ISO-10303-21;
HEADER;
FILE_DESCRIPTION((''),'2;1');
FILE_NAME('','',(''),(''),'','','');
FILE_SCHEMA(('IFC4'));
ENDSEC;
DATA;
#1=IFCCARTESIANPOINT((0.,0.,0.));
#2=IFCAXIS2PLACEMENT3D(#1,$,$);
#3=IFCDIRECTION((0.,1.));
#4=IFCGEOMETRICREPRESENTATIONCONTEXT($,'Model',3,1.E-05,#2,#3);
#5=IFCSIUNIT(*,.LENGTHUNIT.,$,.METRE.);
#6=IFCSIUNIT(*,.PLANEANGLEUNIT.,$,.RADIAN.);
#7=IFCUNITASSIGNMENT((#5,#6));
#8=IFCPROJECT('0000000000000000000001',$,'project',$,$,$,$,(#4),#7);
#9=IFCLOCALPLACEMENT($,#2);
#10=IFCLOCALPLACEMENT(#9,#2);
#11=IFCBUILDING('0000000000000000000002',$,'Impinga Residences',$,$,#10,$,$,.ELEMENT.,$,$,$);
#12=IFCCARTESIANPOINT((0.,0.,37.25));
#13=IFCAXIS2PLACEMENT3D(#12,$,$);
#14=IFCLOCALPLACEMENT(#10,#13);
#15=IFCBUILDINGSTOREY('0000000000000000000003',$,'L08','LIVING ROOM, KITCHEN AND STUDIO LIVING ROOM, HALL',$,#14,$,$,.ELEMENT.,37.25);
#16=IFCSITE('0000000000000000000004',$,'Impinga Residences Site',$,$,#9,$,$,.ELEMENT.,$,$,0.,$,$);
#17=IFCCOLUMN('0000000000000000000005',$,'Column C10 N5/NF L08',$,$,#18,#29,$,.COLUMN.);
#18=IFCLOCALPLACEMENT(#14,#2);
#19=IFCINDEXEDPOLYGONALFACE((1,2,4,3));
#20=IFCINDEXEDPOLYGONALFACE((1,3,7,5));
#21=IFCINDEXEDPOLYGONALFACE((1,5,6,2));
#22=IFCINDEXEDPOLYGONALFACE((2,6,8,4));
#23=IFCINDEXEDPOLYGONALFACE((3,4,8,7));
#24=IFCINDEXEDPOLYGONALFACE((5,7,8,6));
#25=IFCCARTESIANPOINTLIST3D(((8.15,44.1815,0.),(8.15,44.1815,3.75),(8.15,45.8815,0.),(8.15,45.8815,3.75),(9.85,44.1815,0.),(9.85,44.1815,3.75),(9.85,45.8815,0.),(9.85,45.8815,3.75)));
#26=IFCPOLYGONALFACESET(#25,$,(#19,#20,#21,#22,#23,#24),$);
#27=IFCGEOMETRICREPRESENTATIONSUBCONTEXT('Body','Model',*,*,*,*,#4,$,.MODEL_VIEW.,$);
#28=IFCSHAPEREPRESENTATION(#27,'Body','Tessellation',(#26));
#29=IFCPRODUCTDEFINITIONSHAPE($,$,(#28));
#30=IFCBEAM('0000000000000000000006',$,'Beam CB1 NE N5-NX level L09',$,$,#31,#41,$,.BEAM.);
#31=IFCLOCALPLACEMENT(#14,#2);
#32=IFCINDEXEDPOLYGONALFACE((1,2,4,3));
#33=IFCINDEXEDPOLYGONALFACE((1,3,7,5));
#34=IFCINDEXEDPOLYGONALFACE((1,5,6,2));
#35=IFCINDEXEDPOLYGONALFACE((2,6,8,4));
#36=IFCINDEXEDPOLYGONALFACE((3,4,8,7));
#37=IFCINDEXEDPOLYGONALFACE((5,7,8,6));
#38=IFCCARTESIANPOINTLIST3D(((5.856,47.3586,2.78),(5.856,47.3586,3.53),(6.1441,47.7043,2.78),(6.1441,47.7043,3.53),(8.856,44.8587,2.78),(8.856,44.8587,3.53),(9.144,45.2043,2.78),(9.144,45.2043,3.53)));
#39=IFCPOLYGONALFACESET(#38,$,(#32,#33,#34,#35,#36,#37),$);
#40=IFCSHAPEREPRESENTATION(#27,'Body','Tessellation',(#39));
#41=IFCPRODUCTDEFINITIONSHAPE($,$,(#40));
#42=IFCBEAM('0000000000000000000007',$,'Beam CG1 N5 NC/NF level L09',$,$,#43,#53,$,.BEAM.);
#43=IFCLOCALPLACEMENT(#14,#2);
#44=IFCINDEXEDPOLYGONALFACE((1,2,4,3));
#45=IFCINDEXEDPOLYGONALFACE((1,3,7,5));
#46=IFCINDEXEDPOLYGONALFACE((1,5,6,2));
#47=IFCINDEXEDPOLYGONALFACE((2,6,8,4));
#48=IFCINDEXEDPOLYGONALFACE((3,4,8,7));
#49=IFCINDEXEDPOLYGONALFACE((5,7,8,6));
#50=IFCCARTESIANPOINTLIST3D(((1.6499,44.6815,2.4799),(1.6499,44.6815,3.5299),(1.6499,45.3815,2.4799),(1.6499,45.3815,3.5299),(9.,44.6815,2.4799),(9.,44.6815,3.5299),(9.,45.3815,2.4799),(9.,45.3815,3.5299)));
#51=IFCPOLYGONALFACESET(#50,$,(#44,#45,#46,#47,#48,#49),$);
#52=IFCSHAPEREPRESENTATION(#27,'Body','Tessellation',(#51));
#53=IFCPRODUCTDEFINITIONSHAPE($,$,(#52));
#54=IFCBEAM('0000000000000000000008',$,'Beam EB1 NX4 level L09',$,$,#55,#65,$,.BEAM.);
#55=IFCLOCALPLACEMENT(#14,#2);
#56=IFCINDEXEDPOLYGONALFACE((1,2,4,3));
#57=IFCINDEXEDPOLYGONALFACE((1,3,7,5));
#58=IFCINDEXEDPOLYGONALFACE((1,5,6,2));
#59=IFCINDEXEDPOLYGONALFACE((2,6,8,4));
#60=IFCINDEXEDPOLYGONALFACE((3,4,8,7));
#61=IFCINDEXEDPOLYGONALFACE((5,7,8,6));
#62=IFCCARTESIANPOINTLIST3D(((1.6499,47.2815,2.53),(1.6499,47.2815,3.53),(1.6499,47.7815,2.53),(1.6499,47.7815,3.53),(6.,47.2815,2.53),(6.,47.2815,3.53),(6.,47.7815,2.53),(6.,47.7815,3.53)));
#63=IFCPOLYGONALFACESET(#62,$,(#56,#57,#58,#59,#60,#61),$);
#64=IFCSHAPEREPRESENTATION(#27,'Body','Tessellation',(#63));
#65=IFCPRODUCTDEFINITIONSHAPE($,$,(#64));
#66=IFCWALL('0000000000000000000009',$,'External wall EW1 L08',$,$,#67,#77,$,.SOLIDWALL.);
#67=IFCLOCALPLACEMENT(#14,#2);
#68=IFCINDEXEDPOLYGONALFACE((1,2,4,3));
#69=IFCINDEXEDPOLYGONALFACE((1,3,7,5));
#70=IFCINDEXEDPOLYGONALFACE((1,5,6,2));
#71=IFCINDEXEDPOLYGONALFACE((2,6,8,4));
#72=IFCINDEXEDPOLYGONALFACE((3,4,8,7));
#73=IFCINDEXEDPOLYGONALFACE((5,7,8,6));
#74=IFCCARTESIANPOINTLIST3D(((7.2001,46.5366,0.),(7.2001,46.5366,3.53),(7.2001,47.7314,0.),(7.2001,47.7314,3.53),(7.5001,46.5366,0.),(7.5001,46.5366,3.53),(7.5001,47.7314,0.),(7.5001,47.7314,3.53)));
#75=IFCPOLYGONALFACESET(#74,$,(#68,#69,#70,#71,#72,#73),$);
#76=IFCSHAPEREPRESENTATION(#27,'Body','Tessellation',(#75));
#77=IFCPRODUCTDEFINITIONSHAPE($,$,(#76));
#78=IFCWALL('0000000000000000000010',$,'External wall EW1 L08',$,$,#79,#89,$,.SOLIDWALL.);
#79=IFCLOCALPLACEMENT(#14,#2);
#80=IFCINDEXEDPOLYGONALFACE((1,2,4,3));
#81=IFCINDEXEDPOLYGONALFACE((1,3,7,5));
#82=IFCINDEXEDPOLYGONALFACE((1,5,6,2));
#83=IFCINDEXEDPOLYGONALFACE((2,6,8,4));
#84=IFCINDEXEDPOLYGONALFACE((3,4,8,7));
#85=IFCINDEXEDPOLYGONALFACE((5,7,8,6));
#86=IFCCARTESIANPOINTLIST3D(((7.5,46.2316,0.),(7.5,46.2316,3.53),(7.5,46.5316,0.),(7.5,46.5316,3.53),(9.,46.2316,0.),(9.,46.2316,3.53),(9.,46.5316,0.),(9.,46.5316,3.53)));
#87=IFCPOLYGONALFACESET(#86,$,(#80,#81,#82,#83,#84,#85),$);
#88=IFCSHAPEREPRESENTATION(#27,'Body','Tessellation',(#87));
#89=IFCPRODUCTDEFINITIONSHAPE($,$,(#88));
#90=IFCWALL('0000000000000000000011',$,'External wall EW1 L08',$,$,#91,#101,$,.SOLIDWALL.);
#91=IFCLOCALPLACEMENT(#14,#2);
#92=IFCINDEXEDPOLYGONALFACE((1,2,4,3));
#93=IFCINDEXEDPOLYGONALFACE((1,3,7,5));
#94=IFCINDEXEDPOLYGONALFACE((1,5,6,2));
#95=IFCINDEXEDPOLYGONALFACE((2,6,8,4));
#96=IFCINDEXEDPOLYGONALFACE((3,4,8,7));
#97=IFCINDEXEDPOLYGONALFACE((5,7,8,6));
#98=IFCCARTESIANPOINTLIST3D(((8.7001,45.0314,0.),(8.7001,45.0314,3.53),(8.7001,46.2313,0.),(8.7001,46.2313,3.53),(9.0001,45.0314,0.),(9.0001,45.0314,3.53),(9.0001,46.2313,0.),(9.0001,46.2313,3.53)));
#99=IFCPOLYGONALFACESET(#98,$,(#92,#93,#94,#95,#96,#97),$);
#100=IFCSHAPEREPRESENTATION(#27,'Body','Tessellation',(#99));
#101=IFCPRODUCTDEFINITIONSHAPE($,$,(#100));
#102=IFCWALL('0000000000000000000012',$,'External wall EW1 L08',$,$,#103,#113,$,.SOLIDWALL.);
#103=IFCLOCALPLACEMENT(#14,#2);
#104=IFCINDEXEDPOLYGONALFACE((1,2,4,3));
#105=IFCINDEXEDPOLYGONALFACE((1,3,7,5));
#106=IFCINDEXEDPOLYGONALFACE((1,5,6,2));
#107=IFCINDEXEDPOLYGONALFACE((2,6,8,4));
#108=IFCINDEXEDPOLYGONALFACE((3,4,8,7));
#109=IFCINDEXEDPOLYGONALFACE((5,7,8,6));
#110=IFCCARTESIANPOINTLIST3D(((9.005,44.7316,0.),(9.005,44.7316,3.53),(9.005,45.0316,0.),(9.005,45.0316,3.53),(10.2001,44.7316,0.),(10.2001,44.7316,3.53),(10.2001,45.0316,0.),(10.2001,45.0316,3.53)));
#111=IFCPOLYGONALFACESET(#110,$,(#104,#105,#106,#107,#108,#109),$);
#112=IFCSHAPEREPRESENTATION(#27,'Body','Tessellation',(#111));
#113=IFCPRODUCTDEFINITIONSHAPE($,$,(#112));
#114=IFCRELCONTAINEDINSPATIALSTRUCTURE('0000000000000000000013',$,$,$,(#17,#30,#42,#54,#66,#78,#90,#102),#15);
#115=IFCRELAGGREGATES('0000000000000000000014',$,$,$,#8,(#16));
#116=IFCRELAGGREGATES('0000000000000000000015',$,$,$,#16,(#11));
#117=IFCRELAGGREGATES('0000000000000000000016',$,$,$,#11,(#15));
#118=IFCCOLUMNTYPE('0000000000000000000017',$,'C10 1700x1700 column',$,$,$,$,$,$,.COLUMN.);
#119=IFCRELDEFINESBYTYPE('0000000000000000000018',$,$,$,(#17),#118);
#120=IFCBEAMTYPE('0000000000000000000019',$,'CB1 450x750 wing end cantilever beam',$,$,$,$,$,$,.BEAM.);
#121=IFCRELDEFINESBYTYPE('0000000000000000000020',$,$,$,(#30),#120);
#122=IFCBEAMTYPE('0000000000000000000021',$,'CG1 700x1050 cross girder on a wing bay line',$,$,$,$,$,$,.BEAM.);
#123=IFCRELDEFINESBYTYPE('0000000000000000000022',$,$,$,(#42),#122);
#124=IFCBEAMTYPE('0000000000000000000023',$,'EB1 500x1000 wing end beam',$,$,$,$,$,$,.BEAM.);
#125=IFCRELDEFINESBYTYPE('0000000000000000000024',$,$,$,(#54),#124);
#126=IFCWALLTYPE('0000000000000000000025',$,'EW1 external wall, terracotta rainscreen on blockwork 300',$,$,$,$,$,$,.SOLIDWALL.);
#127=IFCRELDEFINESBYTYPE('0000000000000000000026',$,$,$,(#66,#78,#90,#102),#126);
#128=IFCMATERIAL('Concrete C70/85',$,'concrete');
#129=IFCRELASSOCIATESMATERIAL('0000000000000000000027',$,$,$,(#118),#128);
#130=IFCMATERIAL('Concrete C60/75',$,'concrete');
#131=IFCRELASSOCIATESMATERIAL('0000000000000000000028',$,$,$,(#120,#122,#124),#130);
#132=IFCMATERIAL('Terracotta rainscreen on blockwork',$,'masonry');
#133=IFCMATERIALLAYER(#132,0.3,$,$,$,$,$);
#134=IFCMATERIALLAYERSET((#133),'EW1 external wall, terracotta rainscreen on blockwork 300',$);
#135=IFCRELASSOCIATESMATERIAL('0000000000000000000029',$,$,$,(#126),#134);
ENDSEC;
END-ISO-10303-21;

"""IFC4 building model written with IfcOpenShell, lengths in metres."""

from ifc_helpers import new_model, si_unit, direction, frame, frame_2d, origin, origin_2d, place, context, subcontext, project, spatial, rectangle, extrude, material, layer, layer_set, material_profile, profile_set, type_object, element, save


model = new_model("IFC4")

# Units and contexts
model_context = context("Model", 3, precision=1e-05, world=origin(), true_north=direction((0.0, 1.0)))
body_context = subcontext(model_context, "Body", "Model", "MODEL_VIEW")
ifc_project = project(units=[si_unit("LENGTHUNIT", "METRE"), si_unit("PLANEANGLEUNIT", "RADIAN")], contexts=[model_context])

# Site, building, storey
site_placement = place(None, origin())
site = spatial("IfcSite", under=ifc_project, at=site_placement, Name="Impinga Residences Site", CompositionType="ELEMENT", RefElevation=0.0)
building_placement = place(site_placement, origin())
building = spatial("IfcBuilding", under=site, at=building_placement, Name="Impinga Residences", CompositionType="ELEMENT")
storey_placement = place(building_placement, frame((0.0, 0.0, 37.25)))
storey = spatial("IfcBuildingStorey", under=building, at=storey_placement, Name="L08", Description="LIVING ROOM, KITCHEN AND STUDIO LIVING ROOM, HALL", CompositionType="ELEMENT", Elevation=37.25)

# Column
ifc_material_1 = material(Name="Concrete C70/85", Category="concrete")
ifc_material_profile_1 = material_profile(ifc_material_1, rectangle(XDim=1.7, YDim=1.7, at=origin_2d()), Name="RC 1700x1700")
ifc_profile_set_1 = profile_set([ifc_material_profile_1], Name="Concrete C70/85")
column_type = type_object("IfcColumnType", Name="C10 1700x1700 column", PredefinedType="COLUMN", material=ifc_profile_set_1)
column_placement = place(storey_placement, frame((9.0, 45.0315, 0.0), z_axis=(0.0, 0.0, 1.0), x_axis=(1.0, 0.0, 0.0)))
element("IfcColumn", 1, at=column_placement, inside=storey, type_object=column_type, Name="Column C10 N5/NF L08", PredefinedType="COLUMN", context=body_context, shape_type="SweptSolid", body=[
    extrude(rectangle(XDim=1.7, YDim=1.7, at=origin_2d()), origin(), (0.0, 0.0, 1.0), 3.75),
])

# Beams
ifc_material_2 = material(Name="Concrete C60/75", Category="concrete")
ifc_material_profile_2 = material_profile(ifc_material_2, rectangle(XDim=0.45, YDim=0.75, at=origin_2d()), Name="RC 450x750")
ifc_profile_set_2 = profile_set([ifc_material_profile_2], Name="Concrete C60/75")
beam_type_1 = type_object("IfcBeamType", Name="CB1 450x750 wing end cantilever beam", PredefinedType="BEAM", material=ifc_profile_set_2)
beam_1_placement = place(storey_placement, frame((9.0, 45.0315, 3.155), z_axis=(-0.768221, 0.640184, 0.0), x_axis=(-0.640184, -0.768221, 0.0)))
element("IfcBeam", 2, at=beam_1_placement, inside=storey, type_object=beam_type_1, Name="Beam CB1 NE N5-NX level L09", PredefinedType="BEAM", context=body_context, shape_type="SweptSolid", body=[
    extrude(rectangle(XDim=0.45, YDim=0.75, at=origin_2d()), origin(), (0.0, 0.0, 1.0), 3.905),
])
ifc_material_profile_3 = material_profile(ifc_material_2, rectangle(XDim=0.7, YDim=1.05, at=origin_2d()), Name="RC 700x1050")
ifc_profile_set_3 = profile_set([ifc_material_profile_3], Name="Concrete C60/75")
beam_type_2 = type_object("IfcBeamType", Name="CG1 700x1050 cross girder on a wing bay line", PredefinedType="BEAM", material=ifc_profile_set_3)
beam_2_placement = place(storey_placement, frame((1.6499, 45.0315, 3.0049), z_axis=(1.0, 0.0, 0.0), x_axis=(0.0, 1.0, 0.0)))
element("IfcBeam", 3, at=beam_2_placement, inside=storey, type_object=beam_type_2, Name="Beam CG1 N5 NC/NF level L09", PredefinedType="BEAM", context=body_context, shape_type="SweptSolid", body=[
    extrude(rectangle(XDim=0.7, YDim=1.05, at=origin_2d()), origin(), (0.0, 0.0, 1.0), 7.3501),
])
ifc_material_profile_4 = material_profile(ifc_material_2, rectangle(XDim=0.5, YDim=1.0, at=origin_2d()), Name="RC 500x1000")
ifc_profile_set_4 = profile_set([ifc_material_profile_4], Name="Concrete C60/75")
beam_type_3 = type_object("IfcBeamType", Name="EB1 500x1000 wing end beam", PredefinedType="BEAM", material=ifc_profile_set_4)
beam_3_placement = place(storey_placement, frame((1.6499, 47.5315, 3.03), z_axis=(1.0, 0.0, 0.0), x_axis=(0.0, 1.0, 0.0)))
element("IfcBeam", 4, at=beam_3_placement, inside=storey, type_object=beam_type_3, Name="Beam EB1 NX4 level L09", PredefinedType="BEAM", context=body_context, shape_type="SweptSolid", body=[
    extrude(rectangle(XDim=0.5, YDim=1.0, at=origin_2d()), origin(), (0.0, 0.0, 1.0), 4.3501),
])

# Walls
ifc_material_3 = material(Name="Terracotta rainscreen on blockwork", Category="masonry")
ifc_layer_1 = layer(ifc_material_3, 0.3)
ifc_layer_set_1 = layer_set([ifc_layer_1], Name="EW1 external wall, terracotta rainscreen on blockwork 300")
wall_type_1 = type_object("IfcWallType", Name="EW1 external wall, terracotta rainscreen on blockwork 300", PredefinedType="SOLIDWALL", material=ifc_layer_set_1)
wall_1_placement = place(storey_placement, frame((7.3501, 47.7314, 0.0), z_axis=(0.0, 0.0, 1.0), x_axis=(0.0, -1.0, 0.0)))
element("IfcWall", 5, at=wall_1_placement, inside=storey, type_object=wall_type_1, Name="External wall EW1 L08", PredefinedType="SOLIDWALL", context=body_context, shape_type="SweptSolid", body=[
    extrude(rectangle(XDim=1.1948, YDim=0.3, at=frame_2d((0.5974, 0.0))), origin(), (0.0, 0.0, 1.0), 3.53),
])
wall_2_placement = place(storey_placement, frame((7.5, 46.3816, 0.0), z_axis=(0.0, 0.0, 1.0), x_axis=(1.0, 0.0, 0.0)))
element("IfcWall", 6, at=wall_2_placement, inside=storey, type_object=wall_type_1, Name="External wall EW1 L08", PredefinedType="SOLIDWALL", context=body_context, shape_type="SweptSolid", body=[
    extrude(rectangle(XDim=1.5, YDim=0.3, at=frame_2d((0.75, 0.0))), origin(), (0.0, 0.0, 1.0), 3.53),
])
wall_3_placement = place(storey_placement, frame((8.8501, 46.2314, 0.0), z_axis=(0.0, 0.0, 1.0), x_axis=(0.0, -1.0, 0.0)))
element("IfcWall", 7, at=wall_3_placement, inside=storey, type_object=wall_type_1, Name="External wall EW1 L08", PredefinedType="SOLIDWALL", context=body_context, shape_type="SweptSolid", body=[
    extrude(rectangle(XDim=1.2, YDim=0.3, at=frame_2d((0.6001, 0.0))), origin(), (0.0, 0.0, 1.0), 3.53),
])
wall_4_placement = place(storey_placement, frame((9.0049, 44.8816, 0.0), z_axis=(0.0, 0.0, 1.0), x_axis=(1.0, 0.0, 0.0)))
element("IfcWall", 8, at=wall_4_placement, inside=storey, type_object=wall_type_1, Name="External wall EW1 L08", PredefinedType="SOLIDWALL", context=body_context, shape_type="SweptSolid", body=[
    extrude(rectangle(XDim=1.1951, YDim=0.3, at=frame_2d((0.5977, 0.0))), origin(), (0.0, 0.0, 1.0), 3.53),
])

save(model, "model.ifc")
